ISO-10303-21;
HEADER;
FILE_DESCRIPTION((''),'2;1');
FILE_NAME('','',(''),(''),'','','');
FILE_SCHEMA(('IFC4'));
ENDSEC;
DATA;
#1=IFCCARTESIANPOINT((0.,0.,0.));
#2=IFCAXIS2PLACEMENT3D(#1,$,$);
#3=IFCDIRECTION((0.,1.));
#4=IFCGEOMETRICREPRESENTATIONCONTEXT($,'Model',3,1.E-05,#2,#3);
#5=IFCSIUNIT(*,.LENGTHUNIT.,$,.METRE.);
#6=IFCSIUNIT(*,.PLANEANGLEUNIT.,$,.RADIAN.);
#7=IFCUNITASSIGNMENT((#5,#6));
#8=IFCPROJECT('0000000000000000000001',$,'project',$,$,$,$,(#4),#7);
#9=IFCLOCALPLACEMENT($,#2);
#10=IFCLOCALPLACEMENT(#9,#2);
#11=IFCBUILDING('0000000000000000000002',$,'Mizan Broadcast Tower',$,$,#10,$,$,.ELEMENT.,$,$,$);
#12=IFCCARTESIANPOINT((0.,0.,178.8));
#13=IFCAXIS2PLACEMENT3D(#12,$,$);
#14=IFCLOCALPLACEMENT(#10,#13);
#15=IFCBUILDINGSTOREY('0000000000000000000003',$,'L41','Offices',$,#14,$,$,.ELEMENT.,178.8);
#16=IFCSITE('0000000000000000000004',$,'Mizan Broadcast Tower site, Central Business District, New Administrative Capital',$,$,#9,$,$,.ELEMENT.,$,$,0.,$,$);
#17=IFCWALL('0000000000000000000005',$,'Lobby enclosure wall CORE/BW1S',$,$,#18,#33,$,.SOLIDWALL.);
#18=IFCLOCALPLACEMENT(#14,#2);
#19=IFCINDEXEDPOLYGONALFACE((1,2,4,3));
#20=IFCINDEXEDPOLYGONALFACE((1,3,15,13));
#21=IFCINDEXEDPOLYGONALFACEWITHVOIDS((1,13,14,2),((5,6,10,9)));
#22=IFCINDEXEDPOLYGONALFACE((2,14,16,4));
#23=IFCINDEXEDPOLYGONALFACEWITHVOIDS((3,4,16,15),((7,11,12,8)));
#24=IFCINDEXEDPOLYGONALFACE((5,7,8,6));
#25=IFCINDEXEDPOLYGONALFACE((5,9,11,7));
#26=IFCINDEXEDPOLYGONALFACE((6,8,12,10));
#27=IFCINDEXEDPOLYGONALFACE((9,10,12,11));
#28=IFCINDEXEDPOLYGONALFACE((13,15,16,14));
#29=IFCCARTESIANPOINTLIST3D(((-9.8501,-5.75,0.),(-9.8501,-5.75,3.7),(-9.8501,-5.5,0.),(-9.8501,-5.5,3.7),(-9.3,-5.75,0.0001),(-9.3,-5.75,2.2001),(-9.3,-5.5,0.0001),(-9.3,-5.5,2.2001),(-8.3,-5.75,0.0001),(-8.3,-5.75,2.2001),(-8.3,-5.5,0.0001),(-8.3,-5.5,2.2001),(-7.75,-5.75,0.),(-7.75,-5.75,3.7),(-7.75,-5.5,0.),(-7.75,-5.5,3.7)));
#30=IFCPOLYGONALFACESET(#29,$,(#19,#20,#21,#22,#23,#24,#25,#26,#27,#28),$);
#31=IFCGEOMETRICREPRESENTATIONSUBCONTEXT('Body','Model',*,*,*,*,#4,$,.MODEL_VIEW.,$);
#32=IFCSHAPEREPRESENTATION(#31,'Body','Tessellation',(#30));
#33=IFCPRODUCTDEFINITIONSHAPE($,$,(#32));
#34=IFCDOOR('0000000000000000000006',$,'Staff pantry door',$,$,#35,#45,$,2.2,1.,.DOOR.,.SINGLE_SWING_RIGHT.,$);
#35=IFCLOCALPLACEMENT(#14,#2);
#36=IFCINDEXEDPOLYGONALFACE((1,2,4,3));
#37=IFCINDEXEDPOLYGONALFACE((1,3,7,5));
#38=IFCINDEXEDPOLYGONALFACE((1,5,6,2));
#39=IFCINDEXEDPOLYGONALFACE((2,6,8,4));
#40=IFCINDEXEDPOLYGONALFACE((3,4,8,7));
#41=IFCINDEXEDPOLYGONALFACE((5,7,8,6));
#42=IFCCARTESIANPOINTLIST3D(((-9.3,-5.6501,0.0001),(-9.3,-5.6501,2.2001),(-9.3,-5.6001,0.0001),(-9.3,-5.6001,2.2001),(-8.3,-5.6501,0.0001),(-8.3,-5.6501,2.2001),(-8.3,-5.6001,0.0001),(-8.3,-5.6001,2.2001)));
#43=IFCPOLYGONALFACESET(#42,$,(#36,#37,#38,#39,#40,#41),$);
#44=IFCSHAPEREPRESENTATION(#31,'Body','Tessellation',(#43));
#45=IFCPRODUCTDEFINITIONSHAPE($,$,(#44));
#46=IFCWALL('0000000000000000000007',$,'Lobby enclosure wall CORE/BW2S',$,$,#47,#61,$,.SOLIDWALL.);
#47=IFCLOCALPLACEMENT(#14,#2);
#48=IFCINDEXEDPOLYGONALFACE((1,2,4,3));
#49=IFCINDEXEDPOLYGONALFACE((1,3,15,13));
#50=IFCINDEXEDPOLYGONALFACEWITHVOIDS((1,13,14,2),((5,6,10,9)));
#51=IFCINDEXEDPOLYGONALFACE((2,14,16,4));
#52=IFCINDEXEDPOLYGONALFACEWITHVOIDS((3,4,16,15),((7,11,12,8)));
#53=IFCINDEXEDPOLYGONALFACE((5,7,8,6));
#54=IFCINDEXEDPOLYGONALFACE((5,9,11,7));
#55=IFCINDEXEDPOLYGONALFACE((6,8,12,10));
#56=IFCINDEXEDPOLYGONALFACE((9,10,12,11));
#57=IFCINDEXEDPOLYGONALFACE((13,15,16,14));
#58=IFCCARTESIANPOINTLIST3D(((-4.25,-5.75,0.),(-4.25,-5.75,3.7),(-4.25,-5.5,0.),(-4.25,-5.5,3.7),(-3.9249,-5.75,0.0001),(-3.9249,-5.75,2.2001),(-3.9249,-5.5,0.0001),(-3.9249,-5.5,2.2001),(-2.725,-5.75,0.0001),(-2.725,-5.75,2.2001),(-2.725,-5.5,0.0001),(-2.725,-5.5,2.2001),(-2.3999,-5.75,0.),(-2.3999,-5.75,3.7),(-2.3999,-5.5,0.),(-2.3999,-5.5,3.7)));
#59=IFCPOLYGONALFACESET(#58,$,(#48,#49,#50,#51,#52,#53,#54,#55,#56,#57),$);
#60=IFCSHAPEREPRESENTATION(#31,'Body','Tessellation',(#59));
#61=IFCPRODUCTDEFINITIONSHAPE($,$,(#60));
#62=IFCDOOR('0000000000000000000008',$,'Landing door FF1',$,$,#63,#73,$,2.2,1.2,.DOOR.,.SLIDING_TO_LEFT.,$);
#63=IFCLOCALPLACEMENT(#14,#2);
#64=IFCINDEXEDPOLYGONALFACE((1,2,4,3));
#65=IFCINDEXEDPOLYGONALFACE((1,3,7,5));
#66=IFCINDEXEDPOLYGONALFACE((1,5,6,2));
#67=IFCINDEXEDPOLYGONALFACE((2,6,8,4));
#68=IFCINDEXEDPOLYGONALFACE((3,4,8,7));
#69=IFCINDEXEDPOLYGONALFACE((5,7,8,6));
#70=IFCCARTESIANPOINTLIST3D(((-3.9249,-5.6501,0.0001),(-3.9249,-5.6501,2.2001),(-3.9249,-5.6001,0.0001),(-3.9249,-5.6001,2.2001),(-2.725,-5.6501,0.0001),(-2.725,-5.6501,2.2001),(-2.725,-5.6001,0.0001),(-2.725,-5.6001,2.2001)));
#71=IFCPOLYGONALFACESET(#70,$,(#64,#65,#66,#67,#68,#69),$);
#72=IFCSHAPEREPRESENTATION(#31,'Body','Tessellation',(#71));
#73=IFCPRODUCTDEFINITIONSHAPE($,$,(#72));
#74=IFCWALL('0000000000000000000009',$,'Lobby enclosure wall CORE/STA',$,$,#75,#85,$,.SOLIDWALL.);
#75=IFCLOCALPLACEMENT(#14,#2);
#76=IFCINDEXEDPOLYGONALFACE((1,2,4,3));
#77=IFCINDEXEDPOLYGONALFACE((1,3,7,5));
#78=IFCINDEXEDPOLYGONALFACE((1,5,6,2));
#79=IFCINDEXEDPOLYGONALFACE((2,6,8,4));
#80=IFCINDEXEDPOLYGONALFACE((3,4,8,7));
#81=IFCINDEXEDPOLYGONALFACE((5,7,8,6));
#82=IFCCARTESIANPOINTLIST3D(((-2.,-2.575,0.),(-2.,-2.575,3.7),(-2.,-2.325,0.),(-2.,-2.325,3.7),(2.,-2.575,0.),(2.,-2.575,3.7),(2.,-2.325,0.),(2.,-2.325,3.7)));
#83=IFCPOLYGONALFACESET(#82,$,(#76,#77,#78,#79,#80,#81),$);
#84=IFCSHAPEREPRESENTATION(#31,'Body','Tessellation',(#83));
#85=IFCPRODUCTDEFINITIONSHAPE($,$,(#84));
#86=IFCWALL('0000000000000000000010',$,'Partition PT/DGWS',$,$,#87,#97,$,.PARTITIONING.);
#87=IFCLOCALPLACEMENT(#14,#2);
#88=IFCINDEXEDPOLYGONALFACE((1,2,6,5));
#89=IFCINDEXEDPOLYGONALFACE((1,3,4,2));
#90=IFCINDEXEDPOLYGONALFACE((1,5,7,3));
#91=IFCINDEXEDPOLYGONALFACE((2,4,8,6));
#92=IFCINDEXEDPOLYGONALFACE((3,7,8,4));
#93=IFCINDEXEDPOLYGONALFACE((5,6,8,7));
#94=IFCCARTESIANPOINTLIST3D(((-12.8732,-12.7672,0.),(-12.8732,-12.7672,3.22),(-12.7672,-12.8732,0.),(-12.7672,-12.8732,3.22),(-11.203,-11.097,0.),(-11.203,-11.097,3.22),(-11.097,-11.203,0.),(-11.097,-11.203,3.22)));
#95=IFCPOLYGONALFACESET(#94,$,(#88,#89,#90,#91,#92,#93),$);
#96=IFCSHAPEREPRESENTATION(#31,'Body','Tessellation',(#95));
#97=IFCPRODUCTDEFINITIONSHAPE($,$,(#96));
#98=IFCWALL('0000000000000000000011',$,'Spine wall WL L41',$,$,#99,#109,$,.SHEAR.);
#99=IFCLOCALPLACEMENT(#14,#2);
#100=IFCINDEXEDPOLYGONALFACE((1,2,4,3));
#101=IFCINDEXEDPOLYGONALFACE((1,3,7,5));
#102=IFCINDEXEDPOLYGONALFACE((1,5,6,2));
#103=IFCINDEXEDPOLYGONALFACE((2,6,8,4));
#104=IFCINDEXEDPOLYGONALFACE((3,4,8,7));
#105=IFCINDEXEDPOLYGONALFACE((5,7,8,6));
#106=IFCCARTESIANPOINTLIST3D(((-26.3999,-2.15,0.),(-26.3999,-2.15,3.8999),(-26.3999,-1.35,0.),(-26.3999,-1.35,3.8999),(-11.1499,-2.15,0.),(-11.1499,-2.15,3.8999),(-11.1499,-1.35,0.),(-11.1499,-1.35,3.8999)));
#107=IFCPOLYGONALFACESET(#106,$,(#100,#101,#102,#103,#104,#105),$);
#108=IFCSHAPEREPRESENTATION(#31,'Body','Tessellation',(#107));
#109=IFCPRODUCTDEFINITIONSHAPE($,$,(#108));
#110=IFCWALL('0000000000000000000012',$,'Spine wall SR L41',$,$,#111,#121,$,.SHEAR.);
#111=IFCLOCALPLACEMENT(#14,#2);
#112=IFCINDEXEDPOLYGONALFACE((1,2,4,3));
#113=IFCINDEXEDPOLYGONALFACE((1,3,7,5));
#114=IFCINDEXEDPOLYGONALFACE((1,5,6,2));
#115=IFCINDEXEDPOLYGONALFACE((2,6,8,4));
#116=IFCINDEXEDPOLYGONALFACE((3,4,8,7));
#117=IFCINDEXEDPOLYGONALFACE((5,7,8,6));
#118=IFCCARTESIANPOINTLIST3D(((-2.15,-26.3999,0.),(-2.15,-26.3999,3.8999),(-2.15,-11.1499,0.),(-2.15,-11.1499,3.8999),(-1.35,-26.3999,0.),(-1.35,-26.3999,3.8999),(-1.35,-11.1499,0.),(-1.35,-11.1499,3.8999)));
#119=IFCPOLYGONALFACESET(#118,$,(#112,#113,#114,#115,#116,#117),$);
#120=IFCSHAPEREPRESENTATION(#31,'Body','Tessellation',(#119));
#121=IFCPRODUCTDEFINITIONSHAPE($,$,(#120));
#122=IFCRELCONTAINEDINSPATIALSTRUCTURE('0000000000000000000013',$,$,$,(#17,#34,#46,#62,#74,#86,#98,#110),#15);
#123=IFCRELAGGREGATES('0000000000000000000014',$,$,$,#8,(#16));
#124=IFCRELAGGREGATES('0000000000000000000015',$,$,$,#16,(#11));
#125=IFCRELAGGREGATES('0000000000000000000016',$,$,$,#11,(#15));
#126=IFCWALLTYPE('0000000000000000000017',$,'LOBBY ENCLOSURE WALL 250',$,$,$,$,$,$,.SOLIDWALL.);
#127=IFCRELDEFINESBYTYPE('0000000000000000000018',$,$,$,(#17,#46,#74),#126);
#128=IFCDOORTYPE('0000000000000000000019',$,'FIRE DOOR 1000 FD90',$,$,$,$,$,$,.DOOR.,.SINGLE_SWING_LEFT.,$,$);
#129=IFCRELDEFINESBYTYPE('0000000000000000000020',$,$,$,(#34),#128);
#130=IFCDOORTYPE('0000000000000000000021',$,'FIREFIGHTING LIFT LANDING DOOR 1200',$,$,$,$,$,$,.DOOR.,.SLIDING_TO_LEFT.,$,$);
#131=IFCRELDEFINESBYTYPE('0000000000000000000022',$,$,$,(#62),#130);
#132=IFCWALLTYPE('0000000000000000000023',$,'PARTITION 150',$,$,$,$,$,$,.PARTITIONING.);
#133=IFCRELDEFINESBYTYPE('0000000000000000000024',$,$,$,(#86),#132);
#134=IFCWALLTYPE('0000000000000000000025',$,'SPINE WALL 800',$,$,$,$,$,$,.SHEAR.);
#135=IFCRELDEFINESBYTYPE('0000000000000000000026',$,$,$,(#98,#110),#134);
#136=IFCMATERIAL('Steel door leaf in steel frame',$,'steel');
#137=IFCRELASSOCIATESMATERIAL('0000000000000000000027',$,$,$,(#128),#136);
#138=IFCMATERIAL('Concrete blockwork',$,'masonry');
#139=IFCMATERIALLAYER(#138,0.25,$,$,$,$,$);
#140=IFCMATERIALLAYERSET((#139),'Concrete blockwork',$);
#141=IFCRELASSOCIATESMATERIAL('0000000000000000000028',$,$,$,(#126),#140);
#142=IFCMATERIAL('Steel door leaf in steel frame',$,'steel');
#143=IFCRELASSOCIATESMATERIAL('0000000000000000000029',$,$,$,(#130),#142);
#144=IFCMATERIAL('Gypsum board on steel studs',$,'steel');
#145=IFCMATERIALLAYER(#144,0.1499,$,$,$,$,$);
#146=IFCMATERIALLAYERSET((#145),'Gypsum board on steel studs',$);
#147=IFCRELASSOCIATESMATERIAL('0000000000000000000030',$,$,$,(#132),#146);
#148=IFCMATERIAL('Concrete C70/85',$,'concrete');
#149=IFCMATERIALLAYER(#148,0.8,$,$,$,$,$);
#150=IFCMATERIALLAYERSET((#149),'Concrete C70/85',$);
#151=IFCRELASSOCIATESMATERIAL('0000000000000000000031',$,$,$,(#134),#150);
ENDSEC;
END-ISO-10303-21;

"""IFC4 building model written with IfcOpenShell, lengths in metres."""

from ifc_helpers import new_model, si_unit, direction, frame, frame_2d, origin, place, context, subcontext, project, spatial, rectangle, extrude, material, layer, layer_set, type_object, element, fill, save


model = new_model("IFC4")

# Units and contexts
model_context = context("Model", 3, precision=1e-05, world=origin(), true_north=direction((0.0, 1.0)))
body_context = subcontext(model_context, "Body", "Model", "MODEL_VIEW")
ifc_project = project(units=[si_unit("LENGTHUNIT", "METRE"), si_unit("PLANEANGLEUNIT", "RADIAN")], contexts=[model_context])

# Site, building, storey
site_placement = place(None, origin())
site = spatial("IfcSite", under=ifc_project, at=site_placement, Name="Mizan Broadcast Tower site, Central Business District, New Administrative Capital", CompositionType="ELEMENT", RefElevation=0.0)
building_placement = place(site_placement, origin())
building = spatial("IfcBuilding", under=site, at=building_placement, Name="Mizan Broadcast Tower", CompositionType="ELEMENT")
storey_placement = place(building_placement, frame((0.0, 0.0, 178.8)))
storey = spatial("IfcBuildingStorey", under=building, at=storey_placement, Name="L41", Description="Offices", CompositionType="ELEMENT", Elevation=178.8)

# Shared definitions
ifc_material_1 = material(Name="Steel door leaf in steel frame", Category="steel")
door_type_1 = type_object("IfcDoorType", Name="FIRE DOOR 1000 FD90", OperationType="SINGLE_SWING_LEFT", PredefinedType="DOOR", material=ifc_material_1)

# Walls, openings, doors
ifc_material_2 = material(Name="Concrete blockwork", Category="masonry")
ifc_layer_1 = layer(ifc_material_2, 0.25)
ifc_layer_set_1 = layer_set([ifc_layer_1], Name="Concrete blockwork")
wall_type_1 = type_object("IfcWallType", Name="LOBBY ENCLOSURE WALL 250", PredefinedType="SOLIDWALL", material=ifc_layer_set_1)
wall_1_placement = place(storey_placement, frame((-9.8501, -5.625, 0.0), z_axis=(0.0, 0.0, 1.0), x_axis=(1.0, 0.0, 0.0)))
wall_1 = element("IfcWall", 1, at=wall_1_placement, inside=storey, type_object=wall_type_1, Name="Lobby enclosure wall CORE/BW1S", PredefinedType="SOLIDWALL", context=body_context, shape_type="SweptSolid", body=[
    extrude(rectangle(XDim=2.1001, YDim=0.25, at=frame_2d((1.05, 0.0))), origin(), (0.0, 0.0, 1.0), 3.7),
])
opening_1_placement = place(wall_1_placement, frame((0.55, 0.0, 0.0)))
opening_1 = element("IfcOpeningElement", 2, at=opening_1_placement, cuts=wall_1, PredefinedType="OPENING", context=body_context, shape_type="SweptSolid", body=[
    extrude(rectangle(XDim=1.0, YDim=2.2, at=frame_2d((0.5, 1.1001))), frame((0.0, 0.135, 0.0), z_axis=(0.0, -1.0, 0.0), x_axis=(1.0, 0.0, 0.0)), (0.0, 0.0, 1.0), 0.27),
])
door_1_placement = place(opening_1_placement, origin())
door_1 = element("IfcDoor", 3, at=door_1_placement, inside=storey, type_object=door_type_1, Name="Staff pantry door", OperationType="SINGLE_SWING_RIGHT", OverallHeight=2.2, OverallWidth=1.0, PredefinedType="DOOR", context=body_context, shape_type="SweptSolid", body=[
    extrude(rectangle(XDim=1.0, YDim=2.2, at=frame_2d((0.5, 1.1001))), frame((0.0, 0.0249, 0.0), z_axis=(0.0, -1.0, 0.0), x_axis=(1.0, 0.0, 0.0)), (0.0, 0.0, 1.0), 0.05),
])
fill(opening_1, door_1)
wall_2_placement = place(storey_placement, frame((-4.25, -5.625, 0.0), z_axis=(0.0, 0.0, 1.0), x_axis=(1.0, 0.0, 0.0)))
wall_2 = element("IfcWall", 4, at=wall_2_placement, inside=storey, type_object=wall_type_1, Name="Lobby enclosure wall CORE/BW2S", PredefinedType="SOLIDWALL", context=body_context, shape_type="SweptSolid", body=[
    extrude(rectangle(XDim=1.8501, YDim=0.25, at=frame_2d((0.925, 0.0))), origin(), (0.0, 0.0, 1.0), 3.7),
])
opening_2_placement = place(wall_2_placement, frame((0.325, 0.0, 0.0)))
opening_2 = element("IfcOpeningElement", 5, at=opening_2_placement, cuts=wall_2, PredefinedType="OPENING", context=body_context, shape_type="SweptSolid", body=[
    extrude(rectangle(XDim=1.2, YDim=2.2, at=frame_2d((0.6001, 1.1001))), frame((0.0, 0.135, 0.0), z_axis=(0.0, -1.0, 0.0), x_axis=(1.0, 0.0, 0.0)), (0.0, 0.0, 1.0), 0.27),
])
ifc_material_3 = material(Name="Steel door leaf in steel frame", Category="steel")
door_type_2 = type_object("IfcDoorType", Name="FIREFIGHTING LIFT LANDING DOOR 1200", OperationType="SLIDING_TO_LEFT", PredefinedType="DOOR", material=ifc_material_3)
door_2_placement = place(opening_2_placement, origin())
door_2 = element("IfcDoor", 6, at=door_2_placement, inside=storey, type_object=door_type_2, Name="Landing door FF1", OperationType="SLIDING_TO_LEFT", OverallHeight=2.2, OverallWidth=1.2, PredefinedType="DOOR", context=body_context, shape_type="SweptSolid", body=[
    extrude(rectangle(XDim=1.2, YDim=2.2, at=frame_2d((0.6001, 1.1001))), frame((0.0, 0.0249, 0.0), z_axis=(0.0, -1.0, 0.0), x_axis=(1.0, 0.0, 0.0)), (0.0, 0.0, 1.0), 0.05),
])
fill(opening_2, door_2)

# Walls
wall_3_placement = place(storey_placement, frame((-2.0, -2.45, 0.0), z_axis=(0.0, 0.0, 1.0), x_axis=(1.0, 0.0, 0.0)))
element("IfcWall", 7, at=wall_3_placement, inside=storey, type_object=wall_type_1, Name="Lobby enclosure wall CORE/STA", PredefinedType="SOLIDWALL", context=body_context, shape_type="SweptSolid", body=[
    extrude(rectangle(XDim=4.0, YDim=0.25, at=frame_2d((2.0, 0.0))), origin(), (0.0, 0.0, 1.0), 3.7),
])
ifc_material_4 = material(Name="Gypsum board on steel studs", Category="steel")
ifc_layer_2 = layer(ifc_material_4, 0.1499)
ifc_layer_set_2 = layer_set([ifc_layer_2], Name="Gypsum board on steel studs")
wall_type_2 = type_object("IfcWallType", Name="PARTITION 150", PredefinedType="PARTITIONING", material=ifc_layer_set_2)
wall_4_placement = place(storey_placement, frame((-11.1499, -11.1499, 0.0), z_axis=(0.0, 0.0, 1.0), x_axis=(-0.707107, -0.707107, 0.0)))
element("IfcWall", 8, at=wall_4_placement, inside=storey, type_object=wall_type_2, Name="Partition PT/DGWS", PredefinedType="PARTITIONING", context=body_context, shape_type="SweptSolid", body=[
    extrude(rectangle(XDim=2.3621, YDim=0.1499, at=frame_2d((1.1812, 0.0))), origin(), (0.0, 0.0, 1.0), 3.22),
])
ifc_material_5 = material(Name="Concrete C70/85", Category="concrete")
ifc_layer_3 = layer(ifc_material_5, 0.8)
ifc_layer_set_3 = layer_set([ifc_layer_3], Name="Concrete C70/85")
wall_type_3 = type_object("IfcWallType", Name="SPINE WALL 800", PredefinedType="SHEAR", material=ifc_layer_set_3)
for number, where, z_axis, x_axis, name in (
    (9, (-11.1499, -1.75, 0.0), (0.0, 0.0, 1.0), (-1.0, 0.0, 0.0), "Spine wall WL L41"),
    (10, (-1.75, -11.1499, 0.0), (0.0, 0.0, 1.0), (0.0, -1.0, 0.0), "Spine wall SR L41"),
):
    element("IfcWall", number, at=place(storey_placement, frame(where, z_axis=z_axis, x_axis=x_axis)), inside=storey, type_object=wall_type_3, Name=name, PredefinedType="SHEAR", context=body_context, shape_type="SweptSolid", body=[
        extrude(rectangle(XDim=15.25, YDim=0.8, at=frame_2d((7.625, 0.0))), origin(), (0.0, 0.0, 1.0), 3.8999),
    ])

save(model, "model.ifc")
